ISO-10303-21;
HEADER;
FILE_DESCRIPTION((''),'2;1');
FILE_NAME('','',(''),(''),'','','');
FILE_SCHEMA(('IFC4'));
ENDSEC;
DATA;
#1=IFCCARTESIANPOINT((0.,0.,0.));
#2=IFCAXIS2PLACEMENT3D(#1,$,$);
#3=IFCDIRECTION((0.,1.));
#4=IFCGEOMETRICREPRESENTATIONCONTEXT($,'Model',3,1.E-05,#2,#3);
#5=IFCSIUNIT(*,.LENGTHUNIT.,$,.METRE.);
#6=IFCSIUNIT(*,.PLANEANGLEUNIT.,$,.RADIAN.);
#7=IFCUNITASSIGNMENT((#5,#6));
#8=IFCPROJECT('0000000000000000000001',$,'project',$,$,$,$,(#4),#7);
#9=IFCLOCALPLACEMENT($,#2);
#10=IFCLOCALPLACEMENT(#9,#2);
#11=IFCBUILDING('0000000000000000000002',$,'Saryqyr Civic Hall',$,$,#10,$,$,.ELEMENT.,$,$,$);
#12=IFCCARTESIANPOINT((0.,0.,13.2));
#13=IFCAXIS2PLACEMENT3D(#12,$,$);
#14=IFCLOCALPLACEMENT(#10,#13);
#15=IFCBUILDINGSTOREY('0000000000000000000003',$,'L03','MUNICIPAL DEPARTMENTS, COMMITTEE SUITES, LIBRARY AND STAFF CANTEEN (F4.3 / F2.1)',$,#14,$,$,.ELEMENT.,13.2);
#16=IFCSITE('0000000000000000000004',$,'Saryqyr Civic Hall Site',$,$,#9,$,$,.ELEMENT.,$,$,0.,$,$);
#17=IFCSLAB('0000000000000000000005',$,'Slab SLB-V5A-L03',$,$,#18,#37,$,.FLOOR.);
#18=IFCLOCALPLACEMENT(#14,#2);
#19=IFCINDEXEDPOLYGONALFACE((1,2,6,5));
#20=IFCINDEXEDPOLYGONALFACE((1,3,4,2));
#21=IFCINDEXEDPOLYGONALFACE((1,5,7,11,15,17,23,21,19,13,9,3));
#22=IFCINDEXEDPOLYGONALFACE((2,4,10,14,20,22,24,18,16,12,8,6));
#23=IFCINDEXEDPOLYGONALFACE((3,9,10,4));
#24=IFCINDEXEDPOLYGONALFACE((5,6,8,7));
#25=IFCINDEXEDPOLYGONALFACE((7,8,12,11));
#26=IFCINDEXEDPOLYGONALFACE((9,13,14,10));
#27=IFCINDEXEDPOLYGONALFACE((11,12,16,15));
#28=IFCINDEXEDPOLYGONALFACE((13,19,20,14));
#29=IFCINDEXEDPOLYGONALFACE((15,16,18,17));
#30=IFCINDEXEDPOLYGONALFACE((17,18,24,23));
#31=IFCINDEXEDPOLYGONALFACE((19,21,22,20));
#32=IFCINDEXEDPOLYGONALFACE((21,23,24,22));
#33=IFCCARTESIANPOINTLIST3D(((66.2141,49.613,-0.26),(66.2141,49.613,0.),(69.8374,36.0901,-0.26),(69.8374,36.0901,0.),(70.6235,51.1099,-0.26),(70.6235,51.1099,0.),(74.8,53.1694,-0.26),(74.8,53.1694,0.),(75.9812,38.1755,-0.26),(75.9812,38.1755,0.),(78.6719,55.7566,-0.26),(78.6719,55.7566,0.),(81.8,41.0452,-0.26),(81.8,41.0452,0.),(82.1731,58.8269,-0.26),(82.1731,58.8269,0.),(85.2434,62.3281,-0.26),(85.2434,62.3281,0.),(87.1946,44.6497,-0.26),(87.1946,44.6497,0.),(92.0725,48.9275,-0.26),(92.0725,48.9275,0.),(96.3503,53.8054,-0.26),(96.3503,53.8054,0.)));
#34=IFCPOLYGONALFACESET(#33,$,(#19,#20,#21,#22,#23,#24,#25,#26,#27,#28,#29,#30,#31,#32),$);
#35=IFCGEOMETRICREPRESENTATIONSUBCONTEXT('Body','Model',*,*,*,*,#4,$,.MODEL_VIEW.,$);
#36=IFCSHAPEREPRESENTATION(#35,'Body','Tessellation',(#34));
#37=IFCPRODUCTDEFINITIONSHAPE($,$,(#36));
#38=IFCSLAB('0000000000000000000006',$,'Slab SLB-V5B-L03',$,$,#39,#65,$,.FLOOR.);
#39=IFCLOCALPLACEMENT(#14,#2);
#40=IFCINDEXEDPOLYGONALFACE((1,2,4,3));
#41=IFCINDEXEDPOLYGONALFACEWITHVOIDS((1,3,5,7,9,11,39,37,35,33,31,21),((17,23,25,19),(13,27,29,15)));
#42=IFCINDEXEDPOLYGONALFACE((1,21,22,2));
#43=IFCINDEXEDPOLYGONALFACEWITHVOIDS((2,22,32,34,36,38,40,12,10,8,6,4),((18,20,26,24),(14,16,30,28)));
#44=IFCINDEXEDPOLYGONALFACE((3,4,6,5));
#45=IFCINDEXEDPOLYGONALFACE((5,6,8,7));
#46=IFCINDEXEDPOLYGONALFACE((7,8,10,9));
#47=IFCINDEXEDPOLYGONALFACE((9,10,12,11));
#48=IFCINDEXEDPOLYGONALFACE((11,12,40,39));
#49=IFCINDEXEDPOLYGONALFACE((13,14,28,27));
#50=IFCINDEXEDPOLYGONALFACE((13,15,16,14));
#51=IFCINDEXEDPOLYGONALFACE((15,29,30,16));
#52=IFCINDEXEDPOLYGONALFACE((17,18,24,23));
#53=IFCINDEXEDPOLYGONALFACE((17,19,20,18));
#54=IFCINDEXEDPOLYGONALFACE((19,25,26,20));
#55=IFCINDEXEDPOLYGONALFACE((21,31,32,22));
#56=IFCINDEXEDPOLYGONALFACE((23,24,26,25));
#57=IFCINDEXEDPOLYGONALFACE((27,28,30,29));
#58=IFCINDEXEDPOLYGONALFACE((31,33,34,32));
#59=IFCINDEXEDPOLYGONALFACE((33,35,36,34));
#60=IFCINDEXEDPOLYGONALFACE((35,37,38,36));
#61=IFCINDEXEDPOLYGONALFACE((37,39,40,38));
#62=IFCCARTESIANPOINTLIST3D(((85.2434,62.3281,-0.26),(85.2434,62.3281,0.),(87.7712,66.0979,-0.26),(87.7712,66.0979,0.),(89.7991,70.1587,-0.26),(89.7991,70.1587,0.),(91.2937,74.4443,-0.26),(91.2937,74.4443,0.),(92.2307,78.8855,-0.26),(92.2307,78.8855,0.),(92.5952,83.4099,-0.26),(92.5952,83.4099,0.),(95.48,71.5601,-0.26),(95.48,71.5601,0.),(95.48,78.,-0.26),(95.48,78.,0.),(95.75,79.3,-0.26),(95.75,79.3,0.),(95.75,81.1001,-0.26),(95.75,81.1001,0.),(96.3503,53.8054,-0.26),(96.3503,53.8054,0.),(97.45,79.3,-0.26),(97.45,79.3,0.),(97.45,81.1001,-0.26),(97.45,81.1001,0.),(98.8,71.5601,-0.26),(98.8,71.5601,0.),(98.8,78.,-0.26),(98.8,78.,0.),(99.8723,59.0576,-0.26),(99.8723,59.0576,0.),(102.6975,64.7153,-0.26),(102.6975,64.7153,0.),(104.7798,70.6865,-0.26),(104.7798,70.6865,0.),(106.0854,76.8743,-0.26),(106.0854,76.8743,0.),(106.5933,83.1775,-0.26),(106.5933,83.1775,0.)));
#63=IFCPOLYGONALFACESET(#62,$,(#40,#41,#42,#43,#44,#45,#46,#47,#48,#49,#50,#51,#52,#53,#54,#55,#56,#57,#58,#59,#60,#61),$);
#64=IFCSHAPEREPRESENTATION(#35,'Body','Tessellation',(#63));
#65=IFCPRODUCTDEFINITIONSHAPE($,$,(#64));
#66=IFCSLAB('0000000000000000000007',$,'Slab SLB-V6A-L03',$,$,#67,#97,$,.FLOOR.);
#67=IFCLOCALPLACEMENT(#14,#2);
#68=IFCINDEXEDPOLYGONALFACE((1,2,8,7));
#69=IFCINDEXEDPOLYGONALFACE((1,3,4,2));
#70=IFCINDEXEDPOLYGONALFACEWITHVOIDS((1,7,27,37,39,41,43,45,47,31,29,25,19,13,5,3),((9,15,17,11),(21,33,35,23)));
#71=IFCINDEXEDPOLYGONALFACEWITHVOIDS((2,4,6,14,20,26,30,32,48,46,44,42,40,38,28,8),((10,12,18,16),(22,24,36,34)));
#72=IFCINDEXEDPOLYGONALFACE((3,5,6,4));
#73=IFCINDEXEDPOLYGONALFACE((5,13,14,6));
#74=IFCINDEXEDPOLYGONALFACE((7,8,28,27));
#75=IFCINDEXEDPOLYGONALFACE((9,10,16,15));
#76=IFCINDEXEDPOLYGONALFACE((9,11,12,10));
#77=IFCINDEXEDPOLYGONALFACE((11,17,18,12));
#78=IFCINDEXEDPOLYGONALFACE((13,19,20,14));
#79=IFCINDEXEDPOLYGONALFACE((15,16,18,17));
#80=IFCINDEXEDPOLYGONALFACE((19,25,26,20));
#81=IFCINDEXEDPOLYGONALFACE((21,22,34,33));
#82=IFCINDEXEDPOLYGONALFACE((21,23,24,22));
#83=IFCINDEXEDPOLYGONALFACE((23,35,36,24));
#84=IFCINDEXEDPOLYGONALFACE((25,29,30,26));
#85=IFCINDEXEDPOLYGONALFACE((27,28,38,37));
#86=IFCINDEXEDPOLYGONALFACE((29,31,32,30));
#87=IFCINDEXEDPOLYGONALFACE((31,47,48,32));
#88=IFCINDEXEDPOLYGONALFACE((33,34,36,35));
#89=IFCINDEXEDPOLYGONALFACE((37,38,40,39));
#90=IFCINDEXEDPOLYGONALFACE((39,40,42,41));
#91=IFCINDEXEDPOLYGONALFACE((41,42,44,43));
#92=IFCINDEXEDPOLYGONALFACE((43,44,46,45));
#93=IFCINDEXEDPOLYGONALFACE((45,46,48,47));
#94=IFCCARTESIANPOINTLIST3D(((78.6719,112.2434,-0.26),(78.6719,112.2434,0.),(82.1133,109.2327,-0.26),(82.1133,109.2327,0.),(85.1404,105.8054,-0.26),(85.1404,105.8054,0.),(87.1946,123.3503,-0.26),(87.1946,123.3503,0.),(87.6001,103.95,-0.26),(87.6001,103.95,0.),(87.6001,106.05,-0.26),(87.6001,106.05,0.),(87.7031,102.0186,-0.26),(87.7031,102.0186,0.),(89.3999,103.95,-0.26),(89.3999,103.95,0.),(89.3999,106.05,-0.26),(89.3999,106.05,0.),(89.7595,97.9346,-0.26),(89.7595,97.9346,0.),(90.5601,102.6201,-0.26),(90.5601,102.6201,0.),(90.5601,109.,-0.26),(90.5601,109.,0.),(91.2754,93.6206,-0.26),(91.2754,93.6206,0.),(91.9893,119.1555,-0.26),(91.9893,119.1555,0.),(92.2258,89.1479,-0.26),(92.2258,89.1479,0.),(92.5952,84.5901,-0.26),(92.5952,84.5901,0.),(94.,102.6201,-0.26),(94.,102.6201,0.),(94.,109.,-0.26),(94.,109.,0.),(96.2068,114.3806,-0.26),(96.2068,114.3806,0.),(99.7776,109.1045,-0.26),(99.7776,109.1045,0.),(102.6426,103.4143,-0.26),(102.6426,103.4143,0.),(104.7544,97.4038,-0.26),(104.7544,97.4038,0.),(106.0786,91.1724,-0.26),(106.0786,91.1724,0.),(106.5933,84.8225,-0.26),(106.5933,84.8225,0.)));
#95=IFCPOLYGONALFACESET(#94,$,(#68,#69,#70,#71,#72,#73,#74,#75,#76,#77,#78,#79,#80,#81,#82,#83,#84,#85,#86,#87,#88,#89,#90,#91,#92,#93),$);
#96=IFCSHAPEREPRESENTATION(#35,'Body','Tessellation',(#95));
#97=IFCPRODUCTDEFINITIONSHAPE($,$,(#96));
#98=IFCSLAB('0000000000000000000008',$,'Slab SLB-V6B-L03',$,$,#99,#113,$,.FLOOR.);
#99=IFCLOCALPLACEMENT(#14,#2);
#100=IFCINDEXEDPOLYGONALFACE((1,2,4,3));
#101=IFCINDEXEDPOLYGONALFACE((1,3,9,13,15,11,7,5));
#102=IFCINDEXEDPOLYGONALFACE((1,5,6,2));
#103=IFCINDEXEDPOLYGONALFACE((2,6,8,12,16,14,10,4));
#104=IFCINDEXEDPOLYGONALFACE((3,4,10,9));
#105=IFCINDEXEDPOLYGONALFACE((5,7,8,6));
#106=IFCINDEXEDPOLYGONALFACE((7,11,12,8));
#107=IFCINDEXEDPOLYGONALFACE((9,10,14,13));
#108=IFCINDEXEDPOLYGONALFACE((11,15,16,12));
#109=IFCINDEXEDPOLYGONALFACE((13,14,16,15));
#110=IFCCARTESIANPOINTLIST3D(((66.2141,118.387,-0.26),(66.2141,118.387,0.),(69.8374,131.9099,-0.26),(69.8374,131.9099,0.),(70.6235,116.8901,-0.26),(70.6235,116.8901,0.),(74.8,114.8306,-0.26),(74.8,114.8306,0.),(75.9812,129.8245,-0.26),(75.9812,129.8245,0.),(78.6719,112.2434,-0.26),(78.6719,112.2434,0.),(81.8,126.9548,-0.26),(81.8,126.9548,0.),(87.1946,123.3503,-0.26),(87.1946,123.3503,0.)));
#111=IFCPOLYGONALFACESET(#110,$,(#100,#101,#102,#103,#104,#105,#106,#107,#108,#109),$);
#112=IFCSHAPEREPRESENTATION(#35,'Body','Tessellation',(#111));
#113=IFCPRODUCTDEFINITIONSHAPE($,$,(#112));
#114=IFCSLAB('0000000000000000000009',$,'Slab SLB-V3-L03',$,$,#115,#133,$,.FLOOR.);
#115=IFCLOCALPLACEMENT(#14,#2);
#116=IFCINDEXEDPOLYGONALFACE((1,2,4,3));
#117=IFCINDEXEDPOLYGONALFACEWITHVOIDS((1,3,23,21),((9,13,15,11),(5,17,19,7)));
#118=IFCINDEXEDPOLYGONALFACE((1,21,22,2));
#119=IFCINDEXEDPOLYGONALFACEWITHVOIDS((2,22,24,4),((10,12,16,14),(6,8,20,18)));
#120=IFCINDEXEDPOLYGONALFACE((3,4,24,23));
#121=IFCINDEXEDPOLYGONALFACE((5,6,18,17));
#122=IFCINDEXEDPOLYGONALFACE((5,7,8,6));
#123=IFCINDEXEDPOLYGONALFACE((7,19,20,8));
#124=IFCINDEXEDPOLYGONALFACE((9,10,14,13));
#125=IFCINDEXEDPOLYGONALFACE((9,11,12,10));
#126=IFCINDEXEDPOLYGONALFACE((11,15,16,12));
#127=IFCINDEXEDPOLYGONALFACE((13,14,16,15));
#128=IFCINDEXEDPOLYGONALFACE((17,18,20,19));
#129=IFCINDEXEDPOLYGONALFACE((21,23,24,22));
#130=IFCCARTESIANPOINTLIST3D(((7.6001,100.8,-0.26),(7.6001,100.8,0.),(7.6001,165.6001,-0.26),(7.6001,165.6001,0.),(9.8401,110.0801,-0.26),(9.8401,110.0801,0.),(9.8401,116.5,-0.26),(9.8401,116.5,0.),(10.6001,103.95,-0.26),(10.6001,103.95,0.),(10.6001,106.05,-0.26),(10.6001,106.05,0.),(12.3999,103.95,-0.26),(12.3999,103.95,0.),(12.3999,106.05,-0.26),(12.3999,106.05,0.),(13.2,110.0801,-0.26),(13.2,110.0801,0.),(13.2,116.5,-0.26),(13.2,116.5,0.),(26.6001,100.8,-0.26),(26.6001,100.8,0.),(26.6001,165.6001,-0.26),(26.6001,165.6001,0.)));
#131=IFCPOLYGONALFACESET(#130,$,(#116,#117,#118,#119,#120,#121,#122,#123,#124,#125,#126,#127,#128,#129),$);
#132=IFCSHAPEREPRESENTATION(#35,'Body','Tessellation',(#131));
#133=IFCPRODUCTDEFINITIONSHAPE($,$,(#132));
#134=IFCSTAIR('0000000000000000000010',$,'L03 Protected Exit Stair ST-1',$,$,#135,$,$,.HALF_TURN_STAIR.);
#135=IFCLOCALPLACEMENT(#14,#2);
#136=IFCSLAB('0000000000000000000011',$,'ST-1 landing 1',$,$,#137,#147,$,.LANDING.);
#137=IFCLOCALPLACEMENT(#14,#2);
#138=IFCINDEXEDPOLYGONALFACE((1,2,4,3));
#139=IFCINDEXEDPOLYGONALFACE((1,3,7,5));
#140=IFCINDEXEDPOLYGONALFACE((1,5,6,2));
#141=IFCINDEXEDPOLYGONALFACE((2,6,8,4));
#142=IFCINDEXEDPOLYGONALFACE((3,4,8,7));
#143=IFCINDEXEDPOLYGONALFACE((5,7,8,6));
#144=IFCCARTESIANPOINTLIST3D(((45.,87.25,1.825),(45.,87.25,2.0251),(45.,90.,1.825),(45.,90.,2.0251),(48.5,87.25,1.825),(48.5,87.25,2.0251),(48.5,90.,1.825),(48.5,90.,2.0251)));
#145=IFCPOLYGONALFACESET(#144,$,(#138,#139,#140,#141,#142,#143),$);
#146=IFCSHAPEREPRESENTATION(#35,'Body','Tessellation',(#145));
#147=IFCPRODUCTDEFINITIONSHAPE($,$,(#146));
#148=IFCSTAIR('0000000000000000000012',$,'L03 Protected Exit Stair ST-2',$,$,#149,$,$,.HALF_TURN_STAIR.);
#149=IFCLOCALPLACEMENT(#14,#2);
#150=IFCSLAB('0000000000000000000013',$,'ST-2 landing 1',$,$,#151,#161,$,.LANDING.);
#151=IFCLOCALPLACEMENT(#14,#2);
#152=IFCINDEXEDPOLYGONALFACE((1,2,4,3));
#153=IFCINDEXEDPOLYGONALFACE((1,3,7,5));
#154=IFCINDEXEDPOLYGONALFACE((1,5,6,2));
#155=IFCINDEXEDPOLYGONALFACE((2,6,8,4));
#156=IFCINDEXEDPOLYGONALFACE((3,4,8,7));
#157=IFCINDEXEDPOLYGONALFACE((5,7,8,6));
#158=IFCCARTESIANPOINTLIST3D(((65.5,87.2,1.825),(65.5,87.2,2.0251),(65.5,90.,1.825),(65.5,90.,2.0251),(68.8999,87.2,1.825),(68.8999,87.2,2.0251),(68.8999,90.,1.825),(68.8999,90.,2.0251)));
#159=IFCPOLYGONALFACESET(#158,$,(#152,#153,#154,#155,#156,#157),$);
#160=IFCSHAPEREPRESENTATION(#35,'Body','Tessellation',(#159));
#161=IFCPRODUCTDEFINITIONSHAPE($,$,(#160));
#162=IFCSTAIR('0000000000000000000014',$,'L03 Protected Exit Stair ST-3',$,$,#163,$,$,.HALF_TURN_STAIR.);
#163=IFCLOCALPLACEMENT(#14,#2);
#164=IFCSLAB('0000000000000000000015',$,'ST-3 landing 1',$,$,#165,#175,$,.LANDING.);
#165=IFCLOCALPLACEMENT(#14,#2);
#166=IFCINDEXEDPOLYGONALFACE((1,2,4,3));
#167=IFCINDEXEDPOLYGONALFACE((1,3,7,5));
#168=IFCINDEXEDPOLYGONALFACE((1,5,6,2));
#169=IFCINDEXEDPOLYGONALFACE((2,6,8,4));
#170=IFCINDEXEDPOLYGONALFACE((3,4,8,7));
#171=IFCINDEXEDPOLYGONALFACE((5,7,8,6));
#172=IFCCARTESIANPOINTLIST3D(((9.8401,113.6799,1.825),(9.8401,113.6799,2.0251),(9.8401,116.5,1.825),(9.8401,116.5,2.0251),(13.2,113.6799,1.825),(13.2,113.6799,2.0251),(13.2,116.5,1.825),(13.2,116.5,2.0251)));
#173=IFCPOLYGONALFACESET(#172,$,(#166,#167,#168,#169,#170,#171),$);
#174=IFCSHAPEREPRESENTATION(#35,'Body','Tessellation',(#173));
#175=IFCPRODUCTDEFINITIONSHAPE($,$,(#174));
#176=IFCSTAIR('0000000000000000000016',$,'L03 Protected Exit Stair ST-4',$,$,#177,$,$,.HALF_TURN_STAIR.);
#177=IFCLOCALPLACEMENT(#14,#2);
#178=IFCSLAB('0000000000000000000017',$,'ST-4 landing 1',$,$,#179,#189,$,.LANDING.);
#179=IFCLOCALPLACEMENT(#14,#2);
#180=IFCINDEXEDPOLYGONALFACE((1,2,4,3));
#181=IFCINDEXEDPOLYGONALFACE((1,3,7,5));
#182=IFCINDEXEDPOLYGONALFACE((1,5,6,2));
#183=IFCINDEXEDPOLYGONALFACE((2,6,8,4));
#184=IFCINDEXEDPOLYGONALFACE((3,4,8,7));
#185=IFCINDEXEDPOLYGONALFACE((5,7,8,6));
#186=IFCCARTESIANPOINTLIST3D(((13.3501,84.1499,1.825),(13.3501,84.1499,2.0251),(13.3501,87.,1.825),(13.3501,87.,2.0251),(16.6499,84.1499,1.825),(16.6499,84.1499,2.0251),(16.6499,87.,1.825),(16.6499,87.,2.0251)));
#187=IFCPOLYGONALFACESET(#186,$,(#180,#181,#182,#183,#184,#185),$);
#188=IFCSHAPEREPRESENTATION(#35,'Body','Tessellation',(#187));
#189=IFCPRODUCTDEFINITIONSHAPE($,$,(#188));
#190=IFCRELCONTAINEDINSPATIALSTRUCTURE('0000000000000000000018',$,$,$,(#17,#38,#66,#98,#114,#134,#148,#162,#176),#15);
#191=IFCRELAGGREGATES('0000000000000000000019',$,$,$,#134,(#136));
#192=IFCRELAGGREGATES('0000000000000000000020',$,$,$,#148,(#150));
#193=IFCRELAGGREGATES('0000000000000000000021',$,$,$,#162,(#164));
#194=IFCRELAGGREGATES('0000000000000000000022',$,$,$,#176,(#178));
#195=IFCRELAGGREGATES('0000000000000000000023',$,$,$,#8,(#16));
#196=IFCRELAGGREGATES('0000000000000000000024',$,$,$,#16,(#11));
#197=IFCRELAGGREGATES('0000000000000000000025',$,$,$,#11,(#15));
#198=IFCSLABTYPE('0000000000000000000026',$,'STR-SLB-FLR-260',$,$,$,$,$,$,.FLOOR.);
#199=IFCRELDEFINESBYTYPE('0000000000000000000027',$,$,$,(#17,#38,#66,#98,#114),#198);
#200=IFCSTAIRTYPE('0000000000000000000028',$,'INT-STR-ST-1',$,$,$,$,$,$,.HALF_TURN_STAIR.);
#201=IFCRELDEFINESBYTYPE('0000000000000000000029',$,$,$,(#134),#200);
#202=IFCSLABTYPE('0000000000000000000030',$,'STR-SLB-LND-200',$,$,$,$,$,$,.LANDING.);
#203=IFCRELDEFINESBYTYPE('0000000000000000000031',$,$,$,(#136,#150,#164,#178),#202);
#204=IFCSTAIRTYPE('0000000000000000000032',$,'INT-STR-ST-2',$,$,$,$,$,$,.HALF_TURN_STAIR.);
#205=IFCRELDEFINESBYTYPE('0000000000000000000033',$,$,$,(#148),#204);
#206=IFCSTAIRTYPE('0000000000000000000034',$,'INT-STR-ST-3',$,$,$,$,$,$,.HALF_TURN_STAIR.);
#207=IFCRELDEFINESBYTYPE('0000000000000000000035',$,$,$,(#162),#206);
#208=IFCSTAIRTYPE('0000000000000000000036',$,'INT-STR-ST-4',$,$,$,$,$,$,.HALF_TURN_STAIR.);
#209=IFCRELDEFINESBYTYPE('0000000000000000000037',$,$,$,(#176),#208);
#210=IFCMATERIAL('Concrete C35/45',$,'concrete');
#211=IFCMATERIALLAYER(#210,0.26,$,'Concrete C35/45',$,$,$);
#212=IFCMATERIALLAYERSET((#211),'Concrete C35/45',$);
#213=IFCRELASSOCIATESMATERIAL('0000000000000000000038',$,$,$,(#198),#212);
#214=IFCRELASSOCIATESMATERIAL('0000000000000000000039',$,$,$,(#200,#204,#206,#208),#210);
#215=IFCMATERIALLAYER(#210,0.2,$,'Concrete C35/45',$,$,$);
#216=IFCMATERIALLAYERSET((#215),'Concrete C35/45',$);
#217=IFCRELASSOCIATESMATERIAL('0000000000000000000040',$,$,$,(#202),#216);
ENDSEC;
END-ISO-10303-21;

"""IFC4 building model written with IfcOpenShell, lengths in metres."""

from ifc_helpers import new_model, si_unit, direction, frame, origin, place, context, subcontext, project, spatial, polyline, outline, extrude, material, layer, layer_set, type_object, element, aggregate, save


model = new_model("IFC4")

# Units and contexts
model_context = context("Model", 3, precision=1e-05, world=origin(), true_north=direction((0.0, 1.0)))
body_context = subcontext(model_context, "Body", "Model", "MODEL_VIEW")
ifc_project = project(units=[si_unit("LENGTHUNIT", "METRE"), si_unit("PLANEANGLEUNIT", "RADIAN")], contexts=[model_context])

# Site, building, storey
site_placement = place(None, origin())
site = spatial("IfcSite", under=ifc_project, at=site_placement, Name="Saryqyr Civic Hall Site", CompositionType="ELEMENT", RefElevation=0.0)
building_placement = place(site_placement, origin())
building = spatial("IfcBuilding", under=site, at=building_placement, Name="Saryqyr Civic Hall", CompositionType="ELEMENT")
storey_placement = place(building_placement, frame((0.0, 0.0, 13.2)))
storey = spatial("IfcBuildingStorey", under=building, at=storey_placement, Name="L03", Description="MUNICIPAL DEPARTMENTS, COMMITTEE SUITES, LIBRARY AND STAFF CANTEEN (F4.3 / F2.1)", CompositionType="ELEMENT", Elevation=13.2)

# Slabs
ifc_material_1 = material(Name="Concrete C35/45", Category="concrete")
ifc_layer_1 = layer(ifc_material_1, 0.26, Name="Concrete C35/45")
ifc_layer_set_1 = layer_set([ifc_layer_1], Name="Concrete C35/45")
slab_type_1 = type_object("IfcSlabType", Name="STR-SLB-FLR-260", PredefinedType="FLOOR", material=ifc_layer_set_1)
slab_1_placement = place(storey_placement, frame((0.0, 0.0, -0.26)))
element("IfcSlab", 1, at=slab_1_placement, inside=storey, type_object=slab_type_1, Name="Slab SLB-V5A-L03", PredefinedType="FLOOR", context=body_context, shape_type="SweptSolid", body=[
    extrude(outline(polyline([(70.6235, 51.1099), (74.8, 53.1694), (78.6719, 55.7566), (82.1731, 58.8269), (85.2434, 62.3281), (96.3503, 53.8054), (92.0725, 48.9275), (87.1946, 44.6497), (81.8, 41.0452), (75.9812, 38.1755), (69.8374, 36.0901), (66.2141, 49.613), (70.6235, 51.1099)])), origin(), (0.0, 0.0, 1.0), 0.26),
])
slab_2_placement = place(storey_placement, frame((0.0, 0.0, -0.26)))
element("IfcSlab", 2, at=slab_2_placement, inside=storey, type_object=slab_type_1, Name="Slab SLB-V5B-L03", PredefinedType="FLOOR", context=body_context, shape_type="SweptSolid", body=[
    extrude(outline(polyline([(87.7712, 66.0979), (89.7991, 70.1587), (91.2937, 74.4443), (92.2307, 78.8855), (92.5952, 83.4099), (106.5933, 83.1775), (106.0854, 76.8743), (104.7798, 70.6865), (102.6975, 64.7153), (99.8723, 59.0576), (96.3503, 53.8054), (85.2434, 62.3281), (87.7712, 66.0979)]), holes=[polyline([(98.8, 78.0), (95.48, 78.0), (95.48, 71.5601), (98.8, 71.5601), (98.8, 78.0)]), polyline([(97.45, 79.3), (97.45, 81.1001), (95.75, 81.1001), (95.75, 79.3), (97.45, 79.3)])]), origin(), (0.0, 0.0, 1.0), 0.26),
])
slab_3_placement = place(storey_placement, frame((0.0, 0.0, -0.26)))
element("IfcSlab", 3, at=slab_3_placement, inside=storey, type_object=slab_type_1, Name="Slab SLB-V6A-L03", PredefinedType="FLOOR", context=body_context, shape_type="SweptSolid", body=[
    extrude(outline(polyline([(92.2258, 89.1479), (91.2754, 93.6206), (89.7595, 97.9346), (87.7031, 102.0186), (85.1404, 105.8054), (82.1133, 109.2327), (78.6719, 112.2434), (87.1946, 123.3503), (91.9893, 119.1555), (96.2068, 114.3806), (99.7776, 109.1045), (102.6426, 103.4143), (104.7544, 97.4038), (106.0786, 91.1724), (106.5933, 84.8225), (92.5952, 84.5901), (92.2258, 89.1479)]), holes=[polyline([(89.3999, 103.95), (89.3999, 106.05), (87.6001, 106.05), (87.6001, 103.95), (89.3999, 103.95)]), polyline([(94.0, 109.0), (90.5601, 109.0), (90.5601, 102.6201), (94.0, 102.6201), (94.0, 109.0)])]), origin(), (0.0, 0.0, 1.0), 0.26),
])
slab_4_placement = place(storey_placement, frame((0.0, 0.0, -0.26)))
element("IfcSlab", 4, at=slab_4_placement, inside=storey, type_object=slab_type_1, Name="Slab SLB-V6B-L03", PredefinedType="FLOOR", context=body_context, shape_type="SweptSolid", body=[
    extrude(outline(polyline([(74.8, 114.8306), (70.6235, 116.8901), (66.2141, 118.387), (69.8374, 131.9099), (75.9812, 129.8245), (81.8, 126.9548), (87.1946, 123.3503), (78.6719, 112.2434), (74.8, 114.8306)])), origin(), (0.0, 0.0, 1.0), 0.26),
])
slab_5_placement = place(storey_placement, frame((0.0, 0.0, -0.26)))
element("IfcSlab", 5, at=slab_5_placement, inside=storey, type_object=slab_type_1, Name="Slab SLB-V3-L03", PredefinedType="FLOOR", context=body_context, shape_type="SweptSolid", body=[
    extrude(outline(polyline([(26.6001, 165.6001), (26.6001, 100.8), (7.6001, 100.8), (7.6001, 165.6001), (26.6001, 165.6001)]), holes=[polyline([(12.3999, 103.95), (12.3999, 106.05), (10.6001, 106.05), (10.6001, 103.95), (12.3999, 103.95)]), polyline([(9.8401, 116.5), (9.8401, 110.0801), (13.2, 110.0801), (13.2, 116.5), (9.8401, 116.5)])]), origin(), (0.0, 0.0, 1.0), 0.26),
])

# Stairs, slabs
stair_type_1 = type_object("IfcStairType", Name="INT-STR-ST-1", PredefinedType="HALF_TURN_STAIR", material=ifc_material_1)
stair_1_placement = place(storey_placement, origin())
stair_1 = element("IfcStair", 6, at=stair_1_placement, inside=storey, type_object=stair_type_1, Name="L03 Protected Exit Stair ST-1", PredefinedType="HALF_TURN_STAIR")
ifc_layer_2 = layer(ifc_material_1, 0.2, Name="Concrete C35/45")
ifc_layer_set_2 = layer_set([ifc_layer_2], Name="Concrete C35/45")
slab_type_2 = type_object("IfcSlabType", Name="STR-SLB-LND-200", PredefinedType="LANDING", material=ifc_layer_set_2)
slab_6_placement = place(storey_placement, frame((0.0, 0.0, 1.825)))
slab_6 = element("IfcSlab", 7, at=slab_6_placement, type_object=slab_type_2, Name="ST-1 landing 1", PredefinedType="LANDING", context=body_context, shape_type="SweptSolid", body=[
    extrude(outline(polyline([(48.5, 87.25), (48.5, 90.0), (45.0, 90.0), (45.0, 87.25), (48.5, 87.25)])), origin(), (0.0, 0.0, 1.0), 0.2002),
])
aggregate(stair_1, [slab_6])
stair_type_2 = type_object("IfcStairType", Name="INT-STR-ST-2", PredefinedType="HALF_TURN_STAIR", material=ifc_material_1)
stair_2_placement = place(storey_placement, origin())
stair_2 = element("IfcStair", 8, at=stair_2_placement, inside=storey, type_object=stair_type_2, Name="L03 Protected Exit Stair ST-2", PredefinedType="HALF_TURN_STAIR")
slab_7_placement = place(storey_placement, frame((0.0, 0.0, 1.825)))
slab_7 = element("IfcSlab", 9, at=slab_7_placement, type_object=slab_type_2, Name="ST-2 landing 1", PredefinedType="LANDING", context=body_context, shape_type="SweptSolid", body=[
    extrude(outline(polyline([(68.8999, 87.2), (68.8999, 90.0), (65.5, 90.0), (65.5, 87.2), (68.8999, 87.2)])), origin(), (0.0, 0.0, 1.0), 0.2002),
])
aggregate(stair_2, [slab_7])
stair_type_3 = type_object("IfcStairType", Name="INT-STR-ST-3", PredefinedType="HALF_TURN_STAIR", material=ifc_material_1)
stair_3_placement = place(storey_placement, origin())
stair_3 = element("IfcStair", 10, at=stair_3_placement, inside=storey, type_object=stair_type_3, Name="L03 Protected Exit Stair ST-3", PredefinedType="HALF_TURN_STAIR")
slab_8_placement = place(storey_placement, frame((0.0, 0.0, 1.825)))
slab_8 = element("IfcSlab", 11, at=slab_8_placement, type_object=slab_type_2, Name="ST-3 landing 1", PredefinedType="LANDING", context=body_context, shape_type="SweptSolid", body=[
    extrude(outline(polyline([(13.2, 113.6799), (13.2, 116.5), (9.8401, 116.5), (9.8401, 113.6799), (13.2, 113.6799)])), origin(), (0.0, 0.0, 1.0), 0.2002),
])
aggregate(stair_3, [slab_8])
stair_type_4 = type_object("IfcStairType", Name="INT-STR-ST-4", PredefinedType="HALF_TURN_STAIR", material=ifc_material_1)
stair_4_placement = place(storey_placement, origin())
stair_4 = element("IfcStair", 12, at=stair_4_placement, inside=storey, type_object=stair_type_4, Name="L03 Protected Exit Stair ST-4", PredefinedType="HALF_TURN_STAIR")
slab_9_placement = place(storey_placement, frame((0.0, 0.0, 1.825)))
slab_9 = element("IfcSlab", 13, at=slab_9_placement, type_object=slab_type_2, Name="ST-4 landing 1", PredefinedType="LANDING", context=body_context, shape_type="SweptSolid", body=[
    extrude(outline(polyline([(16.6499, 84.1499), (16.6499, 87.0), (13.3501, 87.0), (13.3501, 84.1499), (16.6499, 84.1499)])), origin(), (0.0, 0.0, 1.0), 0.2002),
])
aggregate(stair_4, [slab_9])

save(model, "model.ifc")
